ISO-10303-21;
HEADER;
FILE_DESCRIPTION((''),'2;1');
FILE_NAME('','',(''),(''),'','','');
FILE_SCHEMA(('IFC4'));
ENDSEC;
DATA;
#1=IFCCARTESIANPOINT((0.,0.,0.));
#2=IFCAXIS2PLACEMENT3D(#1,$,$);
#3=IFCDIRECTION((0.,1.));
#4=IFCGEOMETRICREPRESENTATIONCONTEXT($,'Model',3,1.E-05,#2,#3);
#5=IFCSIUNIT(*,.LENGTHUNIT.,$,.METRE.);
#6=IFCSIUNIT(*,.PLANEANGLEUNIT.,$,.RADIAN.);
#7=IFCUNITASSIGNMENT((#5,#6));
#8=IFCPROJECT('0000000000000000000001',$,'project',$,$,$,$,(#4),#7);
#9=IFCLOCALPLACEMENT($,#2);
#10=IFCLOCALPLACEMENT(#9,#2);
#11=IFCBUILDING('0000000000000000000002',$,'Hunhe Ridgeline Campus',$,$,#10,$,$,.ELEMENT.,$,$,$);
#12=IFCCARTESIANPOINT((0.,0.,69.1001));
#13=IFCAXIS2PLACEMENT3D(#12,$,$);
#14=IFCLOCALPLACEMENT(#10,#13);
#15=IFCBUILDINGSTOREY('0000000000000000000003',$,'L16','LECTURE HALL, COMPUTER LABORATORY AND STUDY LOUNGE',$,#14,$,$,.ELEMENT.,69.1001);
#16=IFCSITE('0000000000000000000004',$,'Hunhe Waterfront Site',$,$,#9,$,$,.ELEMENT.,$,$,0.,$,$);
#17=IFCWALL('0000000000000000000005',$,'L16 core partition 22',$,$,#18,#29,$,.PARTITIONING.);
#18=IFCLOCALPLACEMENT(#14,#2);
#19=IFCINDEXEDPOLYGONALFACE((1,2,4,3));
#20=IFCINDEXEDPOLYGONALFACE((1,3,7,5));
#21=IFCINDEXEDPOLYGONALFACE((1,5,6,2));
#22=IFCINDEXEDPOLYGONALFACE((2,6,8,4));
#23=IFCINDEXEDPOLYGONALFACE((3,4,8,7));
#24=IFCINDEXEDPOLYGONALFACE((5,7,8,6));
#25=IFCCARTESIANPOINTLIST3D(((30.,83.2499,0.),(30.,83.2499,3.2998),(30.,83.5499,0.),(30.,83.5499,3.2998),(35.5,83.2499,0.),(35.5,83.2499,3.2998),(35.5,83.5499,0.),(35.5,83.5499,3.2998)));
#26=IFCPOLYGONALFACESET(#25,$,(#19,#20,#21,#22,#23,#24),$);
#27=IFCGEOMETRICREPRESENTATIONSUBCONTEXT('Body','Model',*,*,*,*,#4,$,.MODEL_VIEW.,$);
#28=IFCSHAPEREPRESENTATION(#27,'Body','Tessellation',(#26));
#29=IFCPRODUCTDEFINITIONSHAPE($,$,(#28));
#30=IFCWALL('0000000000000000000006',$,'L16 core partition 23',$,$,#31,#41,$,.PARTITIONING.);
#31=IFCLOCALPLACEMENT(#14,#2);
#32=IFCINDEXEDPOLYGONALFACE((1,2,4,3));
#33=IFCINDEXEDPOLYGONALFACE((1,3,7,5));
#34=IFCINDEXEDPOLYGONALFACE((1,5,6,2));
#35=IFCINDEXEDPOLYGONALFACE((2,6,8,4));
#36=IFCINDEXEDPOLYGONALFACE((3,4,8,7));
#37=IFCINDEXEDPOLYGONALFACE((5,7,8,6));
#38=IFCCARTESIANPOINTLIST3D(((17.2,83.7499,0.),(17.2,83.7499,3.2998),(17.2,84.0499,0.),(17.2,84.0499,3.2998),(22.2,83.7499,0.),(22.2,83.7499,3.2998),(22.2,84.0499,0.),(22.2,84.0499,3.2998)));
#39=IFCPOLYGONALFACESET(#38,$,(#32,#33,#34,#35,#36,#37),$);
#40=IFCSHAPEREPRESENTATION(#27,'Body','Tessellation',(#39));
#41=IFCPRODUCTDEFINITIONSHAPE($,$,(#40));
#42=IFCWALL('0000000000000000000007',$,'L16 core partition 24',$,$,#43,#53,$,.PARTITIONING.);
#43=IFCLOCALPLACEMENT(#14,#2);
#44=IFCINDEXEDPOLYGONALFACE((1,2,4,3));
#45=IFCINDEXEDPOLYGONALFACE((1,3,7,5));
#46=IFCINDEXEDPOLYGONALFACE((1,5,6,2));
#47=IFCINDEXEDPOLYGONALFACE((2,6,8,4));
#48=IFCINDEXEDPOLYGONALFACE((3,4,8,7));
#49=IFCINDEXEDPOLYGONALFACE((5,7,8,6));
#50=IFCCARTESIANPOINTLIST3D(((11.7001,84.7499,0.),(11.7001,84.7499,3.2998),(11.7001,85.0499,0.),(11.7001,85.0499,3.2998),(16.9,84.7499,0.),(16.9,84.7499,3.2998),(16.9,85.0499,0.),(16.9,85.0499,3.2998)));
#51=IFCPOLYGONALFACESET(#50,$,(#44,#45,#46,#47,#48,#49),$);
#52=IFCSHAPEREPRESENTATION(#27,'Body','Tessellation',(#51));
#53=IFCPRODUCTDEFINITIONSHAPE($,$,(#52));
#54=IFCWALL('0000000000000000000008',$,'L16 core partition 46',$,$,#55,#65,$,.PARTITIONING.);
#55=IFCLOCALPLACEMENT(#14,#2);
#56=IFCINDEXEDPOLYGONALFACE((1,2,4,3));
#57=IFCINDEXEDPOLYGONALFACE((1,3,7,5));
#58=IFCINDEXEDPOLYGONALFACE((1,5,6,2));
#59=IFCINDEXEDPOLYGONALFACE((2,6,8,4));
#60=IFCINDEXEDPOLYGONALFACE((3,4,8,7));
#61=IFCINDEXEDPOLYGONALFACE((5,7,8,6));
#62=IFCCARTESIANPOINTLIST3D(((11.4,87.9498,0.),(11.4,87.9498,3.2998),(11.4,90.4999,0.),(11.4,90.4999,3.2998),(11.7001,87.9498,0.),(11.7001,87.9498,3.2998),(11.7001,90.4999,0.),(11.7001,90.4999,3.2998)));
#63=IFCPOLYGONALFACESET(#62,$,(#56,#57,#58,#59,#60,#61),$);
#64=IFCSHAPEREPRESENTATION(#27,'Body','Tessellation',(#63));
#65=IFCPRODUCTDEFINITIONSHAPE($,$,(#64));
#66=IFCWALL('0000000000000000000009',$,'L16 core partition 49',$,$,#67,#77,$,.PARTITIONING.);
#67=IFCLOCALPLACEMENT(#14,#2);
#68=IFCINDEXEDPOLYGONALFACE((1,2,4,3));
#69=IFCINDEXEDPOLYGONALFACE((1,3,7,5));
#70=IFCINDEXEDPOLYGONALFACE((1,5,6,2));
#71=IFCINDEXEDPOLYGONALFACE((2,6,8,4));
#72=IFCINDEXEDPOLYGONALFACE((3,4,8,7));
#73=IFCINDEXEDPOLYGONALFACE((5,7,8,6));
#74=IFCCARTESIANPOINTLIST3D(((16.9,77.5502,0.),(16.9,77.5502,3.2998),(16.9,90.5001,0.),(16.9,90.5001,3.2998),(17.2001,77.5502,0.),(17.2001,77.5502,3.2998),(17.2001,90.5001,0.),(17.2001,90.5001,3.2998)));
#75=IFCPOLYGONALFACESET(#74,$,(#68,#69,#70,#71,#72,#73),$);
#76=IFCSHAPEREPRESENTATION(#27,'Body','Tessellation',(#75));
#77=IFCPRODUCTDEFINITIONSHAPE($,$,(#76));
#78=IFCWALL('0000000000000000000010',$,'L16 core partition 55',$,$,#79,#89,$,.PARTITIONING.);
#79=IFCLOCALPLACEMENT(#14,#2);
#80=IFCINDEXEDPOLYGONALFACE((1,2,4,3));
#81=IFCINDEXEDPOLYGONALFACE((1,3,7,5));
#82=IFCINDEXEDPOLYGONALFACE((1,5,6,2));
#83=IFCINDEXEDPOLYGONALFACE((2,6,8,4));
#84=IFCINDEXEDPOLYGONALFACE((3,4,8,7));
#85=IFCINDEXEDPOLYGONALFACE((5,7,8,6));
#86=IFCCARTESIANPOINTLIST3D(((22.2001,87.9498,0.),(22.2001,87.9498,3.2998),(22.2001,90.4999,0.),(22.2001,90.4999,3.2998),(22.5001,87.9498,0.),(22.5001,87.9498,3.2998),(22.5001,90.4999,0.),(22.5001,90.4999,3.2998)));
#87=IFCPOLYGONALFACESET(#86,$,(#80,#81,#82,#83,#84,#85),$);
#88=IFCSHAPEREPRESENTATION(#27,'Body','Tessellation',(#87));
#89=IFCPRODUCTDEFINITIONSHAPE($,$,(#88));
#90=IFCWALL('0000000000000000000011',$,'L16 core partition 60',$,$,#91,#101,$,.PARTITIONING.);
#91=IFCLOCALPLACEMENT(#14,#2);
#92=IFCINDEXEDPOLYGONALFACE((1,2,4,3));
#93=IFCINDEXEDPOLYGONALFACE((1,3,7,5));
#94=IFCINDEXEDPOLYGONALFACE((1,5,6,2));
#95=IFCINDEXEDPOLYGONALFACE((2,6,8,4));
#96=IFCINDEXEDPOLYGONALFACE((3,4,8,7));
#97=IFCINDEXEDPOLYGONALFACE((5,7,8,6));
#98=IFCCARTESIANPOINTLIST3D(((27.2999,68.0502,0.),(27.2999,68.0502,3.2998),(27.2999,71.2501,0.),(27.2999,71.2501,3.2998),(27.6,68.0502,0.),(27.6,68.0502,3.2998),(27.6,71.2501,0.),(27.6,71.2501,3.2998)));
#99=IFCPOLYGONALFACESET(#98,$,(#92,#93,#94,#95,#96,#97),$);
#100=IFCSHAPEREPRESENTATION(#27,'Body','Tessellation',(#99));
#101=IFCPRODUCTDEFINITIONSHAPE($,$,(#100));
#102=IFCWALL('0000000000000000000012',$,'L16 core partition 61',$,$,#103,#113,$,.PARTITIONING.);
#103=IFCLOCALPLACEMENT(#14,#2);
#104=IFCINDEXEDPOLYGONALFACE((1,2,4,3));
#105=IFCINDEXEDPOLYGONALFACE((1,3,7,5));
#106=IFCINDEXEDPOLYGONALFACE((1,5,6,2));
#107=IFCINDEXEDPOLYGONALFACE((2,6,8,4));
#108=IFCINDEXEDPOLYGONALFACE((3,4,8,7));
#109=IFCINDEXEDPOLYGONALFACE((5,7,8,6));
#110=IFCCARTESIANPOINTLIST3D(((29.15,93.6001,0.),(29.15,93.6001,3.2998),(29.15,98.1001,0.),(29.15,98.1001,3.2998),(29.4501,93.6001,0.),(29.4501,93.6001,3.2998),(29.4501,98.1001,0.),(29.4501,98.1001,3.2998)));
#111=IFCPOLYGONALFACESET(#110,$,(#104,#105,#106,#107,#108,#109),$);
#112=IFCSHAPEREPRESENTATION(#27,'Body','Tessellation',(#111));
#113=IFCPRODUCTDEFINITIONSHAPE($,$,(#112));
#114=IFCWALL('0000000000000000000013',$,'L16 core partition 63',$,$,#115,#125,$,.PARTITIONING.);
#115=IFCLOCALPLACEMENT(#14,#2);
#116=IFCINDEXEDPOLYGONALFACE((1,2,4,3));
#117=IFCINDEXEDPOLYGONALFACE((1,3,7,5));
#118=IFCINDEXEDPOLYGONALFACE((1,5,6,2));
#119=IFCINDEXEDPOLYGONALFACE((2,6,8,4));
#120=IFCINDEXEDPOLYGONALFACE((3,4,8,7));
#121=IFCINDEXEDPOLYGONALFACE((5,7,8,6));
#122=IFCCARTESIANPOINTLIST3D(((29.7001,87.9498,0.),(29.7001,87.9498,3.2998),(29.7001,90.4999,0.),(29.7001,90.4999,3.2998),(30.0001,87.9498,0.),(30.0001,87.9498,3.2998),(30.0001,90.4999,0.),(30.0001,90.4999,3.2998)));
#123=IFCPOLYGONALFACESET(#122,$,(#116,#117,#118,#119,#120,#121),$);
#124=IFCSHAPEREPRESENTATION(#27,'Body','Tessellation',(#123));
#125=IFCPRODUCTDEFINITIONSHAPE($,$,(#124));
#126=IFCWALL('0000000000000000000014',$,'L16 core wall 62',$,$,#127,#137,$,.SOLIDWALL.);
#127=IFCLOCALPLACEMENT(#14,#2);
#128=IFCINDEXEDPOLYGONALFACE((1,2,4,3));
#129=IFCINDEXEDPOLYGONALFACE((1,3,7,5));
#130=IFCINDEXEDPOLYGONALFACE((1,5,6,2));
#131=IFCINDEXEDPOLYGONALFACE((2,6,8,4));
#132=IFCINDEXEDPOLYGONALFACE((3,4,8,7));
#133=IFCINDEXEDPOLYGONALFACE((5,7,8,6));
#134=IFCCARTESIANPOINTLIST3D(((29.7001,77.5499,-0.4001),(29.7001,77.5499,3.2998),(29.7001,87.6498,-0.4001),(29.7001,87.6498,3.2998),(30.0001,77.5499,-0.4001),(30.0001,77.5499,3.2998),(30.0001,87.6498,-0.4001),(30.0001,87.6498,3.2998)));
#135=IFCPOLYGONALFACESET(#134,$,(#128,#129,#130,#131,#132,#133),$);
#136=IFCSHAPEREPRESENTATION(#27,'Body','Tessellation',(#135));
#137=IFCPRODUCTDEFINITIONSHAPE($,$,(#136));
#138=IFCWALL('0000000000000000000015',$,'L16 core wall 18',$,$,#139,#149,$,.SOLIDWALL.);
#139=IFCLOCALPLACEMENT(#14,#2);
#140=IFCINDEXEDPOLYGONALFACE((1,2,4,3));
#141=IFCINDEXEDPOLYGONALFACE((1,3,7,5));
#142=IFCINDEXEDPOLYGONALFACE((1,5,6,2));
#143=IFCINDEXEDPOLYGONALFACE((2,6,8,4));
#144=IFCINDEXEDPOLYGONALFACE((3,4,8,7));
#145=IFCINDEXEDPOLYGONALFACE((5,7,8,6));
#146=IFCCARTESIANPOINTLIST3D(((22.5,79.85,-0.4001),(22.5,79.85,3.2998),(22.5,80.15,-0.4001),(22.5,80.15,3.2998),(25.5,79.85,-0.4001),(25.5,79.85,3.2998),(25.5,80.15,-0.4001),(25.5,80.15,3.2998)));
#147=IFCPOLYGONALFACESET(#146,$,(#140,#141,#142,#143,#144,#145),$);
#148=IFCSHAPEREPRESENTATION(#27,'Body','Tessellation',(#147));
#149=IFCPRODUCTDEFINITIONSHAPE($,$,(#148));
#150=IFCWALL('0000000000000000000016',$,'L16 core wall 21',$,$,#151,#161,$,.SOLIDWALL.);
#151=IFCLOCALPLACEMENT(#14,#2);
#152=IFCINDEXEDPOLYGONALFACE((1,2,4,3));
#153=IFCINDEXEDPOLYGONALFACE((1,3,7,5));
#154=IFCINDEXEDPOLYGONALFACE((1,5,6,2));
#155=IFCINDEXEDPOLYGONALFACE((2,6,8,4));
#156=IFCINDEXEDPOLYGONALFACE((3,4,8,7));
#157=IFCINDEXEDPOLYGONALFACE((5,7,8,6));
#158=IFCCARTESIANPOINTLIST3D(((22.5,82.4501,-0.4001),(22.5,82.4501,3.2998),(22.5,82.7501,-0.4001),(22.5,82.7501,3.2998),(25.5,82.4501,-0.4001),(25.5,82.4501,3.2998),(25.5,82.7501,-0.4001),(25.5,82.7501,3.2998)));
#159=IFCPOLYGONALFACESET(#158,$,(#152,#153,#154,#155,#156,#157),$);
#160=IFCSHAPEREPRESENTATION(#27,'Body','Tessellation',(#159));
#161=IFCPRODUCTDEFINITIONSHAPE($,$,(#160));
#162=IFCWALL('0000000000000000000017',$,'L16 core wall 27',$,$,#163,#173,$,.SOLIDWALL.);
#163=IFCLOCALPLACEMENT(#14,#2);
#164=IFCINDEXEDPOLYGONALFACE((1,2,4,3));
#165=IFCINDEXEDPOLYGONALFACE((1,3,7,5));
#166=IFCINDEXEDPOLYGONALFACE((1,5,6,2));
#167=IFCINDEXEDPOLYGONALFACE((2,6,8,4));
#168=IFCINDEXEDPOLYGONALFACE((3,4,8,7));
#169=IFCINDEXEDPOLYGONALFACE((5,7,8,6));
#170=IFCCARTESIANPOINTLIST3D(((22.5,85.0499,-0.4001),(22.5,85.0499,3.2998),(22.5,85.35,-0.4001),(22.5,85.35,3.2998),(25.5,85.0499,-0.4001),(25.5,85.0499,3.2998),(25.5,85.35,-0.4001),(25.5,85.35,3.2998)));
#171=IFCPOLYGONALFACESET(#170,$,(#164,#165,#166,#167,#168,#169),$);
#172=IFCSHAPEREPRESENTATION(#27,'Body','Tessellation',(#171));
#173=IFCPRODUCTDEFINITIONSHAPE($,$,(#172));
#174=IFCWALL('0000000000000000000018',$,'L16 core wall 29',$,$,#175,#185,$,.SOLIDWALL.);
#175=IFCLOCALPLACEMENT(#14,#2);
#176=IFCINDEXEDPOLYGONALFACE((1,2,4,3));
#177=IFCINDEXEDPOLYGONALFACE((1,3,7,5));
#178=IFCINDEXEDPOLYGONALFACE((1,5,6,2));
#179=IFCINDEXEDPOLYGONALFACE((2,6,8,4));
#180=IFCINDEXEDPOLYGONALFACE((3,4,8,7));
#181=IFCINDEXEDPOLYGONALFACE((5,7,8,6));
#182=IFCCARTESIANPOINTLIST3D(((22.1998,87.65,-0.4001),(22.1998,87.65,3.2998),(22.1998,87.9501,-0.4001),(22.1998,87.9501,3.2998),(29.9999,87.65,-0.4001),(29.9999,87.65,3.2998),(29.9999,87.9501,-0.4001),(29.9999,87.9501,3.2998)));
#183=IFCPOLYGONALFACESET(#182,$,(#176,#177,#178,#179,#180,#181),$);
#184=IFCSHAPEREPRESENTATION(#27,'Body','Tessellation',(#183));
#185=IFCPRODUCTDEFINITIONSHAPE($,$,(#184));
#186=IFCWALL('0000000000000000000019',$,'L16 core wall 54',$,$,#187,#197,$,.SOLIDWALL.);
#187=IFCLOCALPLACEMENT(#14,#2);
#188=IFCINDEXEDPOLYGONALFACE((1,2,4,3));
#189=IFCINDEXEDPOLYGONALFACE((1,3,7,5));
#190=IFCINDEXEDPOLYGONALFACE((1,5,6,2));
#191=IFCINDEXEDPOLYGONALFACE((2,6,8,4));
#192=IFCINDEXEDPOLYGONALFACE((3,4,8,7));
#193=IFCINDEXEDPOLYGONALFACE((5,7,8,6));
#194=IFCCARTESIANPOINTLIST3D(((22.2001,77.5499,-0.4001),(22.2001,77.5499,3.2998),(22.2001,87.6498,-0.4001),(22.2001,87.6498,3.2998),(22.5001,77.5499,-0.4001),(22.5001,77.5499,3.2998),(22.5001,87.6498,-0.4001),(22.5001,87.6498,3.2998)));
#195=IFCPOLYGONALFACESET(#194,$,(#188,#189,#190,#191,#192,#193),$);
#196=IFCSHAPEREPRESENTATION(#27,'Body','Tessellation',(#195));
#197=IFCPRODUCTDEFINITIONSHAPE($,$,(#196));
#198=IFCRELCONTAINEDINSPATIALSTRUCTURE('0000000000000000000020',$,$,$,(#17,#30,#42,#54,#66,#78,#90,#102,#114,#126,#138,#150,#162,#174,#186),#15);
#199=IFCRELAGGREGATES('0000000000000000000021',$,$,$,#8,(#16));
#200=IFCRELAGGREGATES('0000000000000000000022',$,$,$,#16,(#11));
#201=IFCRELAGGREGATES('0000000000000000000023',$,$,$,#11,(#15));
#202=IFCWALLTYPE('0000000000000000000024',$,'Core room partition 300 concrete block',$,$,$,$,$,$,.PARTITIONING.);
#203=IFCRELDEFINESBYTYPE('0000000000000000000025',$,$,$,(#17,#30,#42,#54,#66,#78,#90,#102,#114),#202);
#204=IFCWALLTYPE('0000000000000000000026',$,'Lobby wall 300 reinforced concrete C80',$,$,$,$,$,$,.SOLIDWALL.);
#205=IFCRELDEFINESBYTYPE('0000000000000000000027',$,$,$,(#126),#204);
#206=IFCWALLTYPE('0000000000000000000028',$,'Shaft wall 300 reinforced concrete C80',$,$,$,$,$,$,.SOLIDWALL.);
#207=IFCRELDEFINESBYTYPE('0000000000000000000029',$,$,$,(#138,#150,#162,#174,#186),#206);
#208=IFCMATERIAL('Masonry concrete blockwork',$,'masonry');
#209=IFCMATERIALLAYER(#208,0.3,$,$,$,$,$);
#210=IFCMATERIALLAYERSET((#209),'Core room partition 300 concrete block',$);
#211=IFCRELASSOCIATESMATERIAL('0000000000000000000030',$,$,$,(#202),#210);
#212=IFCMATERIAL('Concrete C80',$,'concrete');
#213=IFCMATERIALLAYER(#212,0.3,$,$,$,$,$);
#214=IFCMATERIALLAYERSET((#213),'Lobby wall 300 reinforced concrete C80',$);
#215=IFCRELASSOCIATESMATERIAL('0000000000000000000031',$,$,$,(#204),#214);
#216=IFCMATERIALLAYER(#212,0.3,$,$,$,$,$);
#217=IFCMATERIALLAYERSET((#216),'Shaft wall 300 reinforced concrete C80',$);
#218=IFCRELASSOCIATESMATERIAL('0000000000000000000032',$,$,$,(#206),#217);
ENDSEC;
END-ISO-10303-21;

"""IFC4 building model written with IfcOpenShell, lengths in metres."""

from ifc_helpers import new_model, si_unit, direction, frame, frame_2d, origin, place, context, subcontext, project, spatial, rectangle, extrude, material, layer, layer_set, type_object, element, save


model = new_model("IFC4")

# Units and contexts
model_context = context("Model", 3, precision=1e-05, world=origin(), true_north=direction((0.0, 1.0)))
body_context = subcontext(model_context, "Body", "Model", "MODEL_VIEW")
ifc_project = project(units=[si_unit("LENGTHUNIT", "METRE"), si_unit("PLANEANGLEUNIT", "RADIAN")], contexts=[model_context])

# Site, building, storey
site_placement = place(None, origin())
site = spatial("IfcSite", under=ifc_project, at=site_placement, Name="Hunhe Waterfront Site", CompositionType="ELEMENT", RefElevation=0.0)
building_placement = place(site_placement, origin())
building = spatial("IfcBuilding", under=site, at=building_placement, Name="Hunhe Ridgeline Campus", CompositionType="ELEMENT")
storey_placement = place(building_placement, frame((0.0, 0.0, 69.1001)))
storey = spatial("IfcBuildingStorey", under=building, at=storey_placement, Name="L16", Description="LECTURE HALL, COMPUTER LABORATORY AND STUDY LOUNGE", CompositionType="ELEMENT", Elevation=69.1001)

# Shared definitions
ifc_material_1 = material(Name="Masonry concrete blockwork", Category="masonry")
ifc_layer_1 = layer(ifc_material_1, 0.3)
ifc_layer_set_1 = layer_set([ifc_layer_1], Name="Core room partition 300 concrete block")
wall_type_1 = type_object("IfcWallType", Name="Core room partition 300 concrete block", PredefinedType="PARTITIONING", material=ifc_layer_set_1)

# Walls
wall_1_placement = place(storey_placement, frame((30.0, 83.3999, 0.0), z_axis=(0.0, 0.0, 1.0), x_axis=(1.0, 0.0, 0.0)))
element("IfcWall", 1, at=wall_1_placement, inside=storey, type_object=wall_type_1, Name="L16 core partition 22", PredefinedType="PARTITIONING", context=body_context, shape_type="SweptSolid", body=[
    extrude(rectangle(XDim=5.5, YDim=0.3, at=frame_2d((2.75, 0.0))), origin(), (0.0, 0.0, 1.0), 3.2998),
])
wall_2_placement = place(storey_placement, frame((17.2, 83.8999, 0.0), z_axis=(0.0, 0.0, 1.0), x_axis=(1.0, 0.0, 0.0)))
element("IfcWall", 2, at=wall_2_placement, inside=storey, type_object=wall_type_1, Name="L16 core partition 23", PredefinedType="PARTITIONING", context=body_context, shape_type="SweptSolid", body=[
    extrude(rectangle(XDim=5.0, YDim=0.3, at=frame_2d((2.5, 0.0))), origin(), (0.0, 0.0, 1.0), 3.2998),
])
wall_3_placement = place(storey_placement, frame((11.7, 84.8999, 0.0), z_axis=(0.0, 0.0, 1.0), x_axis=(1.0, 0.0, 0.0)))
element("IfcWall", 3, at=wall_3_placement, inside=storey, type_object=wall_type_1, Name="L16 core partition 24", PredefinedType="PARTITIONING", context=body_context, shape_type="SweptSolid", body=[
    extrude(rectangle(XDim=5.2, YDim=0.3, at=frame_2d((2.6001, 0.0))), origin(), (0.0, 0.0, 1.0), 3.2998),
])
wall_4_placement = place(storey_placement, frame((11.55, 87.95, 0.0), z_axis=(0.0, 0.0, 1.0), x_axis=(0.0, 1.0, 0.0)))
element("IfcWall", 4, at=wall_4_placement, inside=storey, type_object=wall_type_1, Name="L16 core partition 46", PredefinedType="PARTITIONING", context=body_context, shape_type="SweptSolid", body=[
    extrude(rectangle(XDim=2.55, YDim=0.3, at=frame_2d((1.2749, 0.0))), origin(), (0.0, 0.0, 1.0), 3.2998),
])
wall_5_placement = place(storey_placement, frame((17.05, 77.55, 0.0), z_axis=(0.0, 0.0, 1.0), x_axis=(0.0, 1.0, 0.0)))
element("IfcWall", 5, at=wall_5_placement, inside=storey, type_object=wall_type_1, Name="L16 core partition 49", PredefinedType="PARTITIONING", context=body_context, shape_type="SweptSolid", body=[
    extrude(rectangle(XDim=12.95, YDim=0.3, at=frame_2d((6.4751, 0.0))), origin(), (0.0, 0.0, 1.0), 3.2998),
])
wall_6_placement = place(storey_placement, frame((22.3501, 87.95, 0.0), z_axis=(0.0, 0.0, 1.0), x_axis=(0.0, 1.0, 0.0)))
element("IfcWall", 6, at=wall_6_placement, inside=storey, type_object=wall_type_1, Name="L16 core partition 55", PredefinedType="PARTITIONING", context=body_context, shape_type="SweptSolid", body=[
    extrude(rectangle(XDim=2.55, YDim=0.3, at=frame_2d((1.2749, 0.0))), origin(), (0.0, 0.0, 1.0), 3.2998),
])
wall_7_placement = place(storey_placement, frame((27.45, 68.05, 0.0), z_axis=(0.0, 0.0, 1.0), x_axis=(0.0, 1.0, 0.0)))
element("IfcWall", 7, at=wall_7_placement, inside=storey, type_object=wall_type_1, Name="L16 core partition 60", PredefinedType="PARTITIONING", context=body_context, shape_type="SweptSolid", body=[
    extrude(rectangle(XDim=3.2, YDim=0.3, at=frame_2d((1.6001, 0.0))), origin(), (0.0, 0.0, 1.0), 3.2998),
])
wall_8_placement = place(storey_placement, frame((29.3, 93.6001, 0.0), z_axis=(0.0, 0.0, 1.0), x_axis=(0.0, 1.0, 0.0)))
element("IfcWall", 8, at=wall_8_placement, inside=storey, type_object=wall_type_1, Name="L16 core partition 61", PredefinedType="PARTITIONING", context=body_context, shape_type="SweptSolid", body=[
    extrude(rectangle(XDim=4.5, YDim=0.3, at=frame_2d((2.25, 0.0))), origin(), (0.0, 0.0, 1.0), 3.2998),
])
wall_9_placement = place(storey_placement, frame((29.8501, 87.95, 0.0), z_axis=(0.0, 0.0, 1.0), x_axis=(0.0, 1.0, 0.0)))
element("IfcWall", 9, at=wall_9_placement, inside=storey, type_object=wall_type_1, Name="L16 core partition 63", PredefinedType="PARTITIONING", context=body_context, shape_type="SweptSolid", body=[
    extrude(rectangle(XDim=2.55, YDim=0.3, at=frame_2d((1.2749, 0.0))), origin(), (0.0, 0.0, 1.0), 3.2998),
])
ifc_material_2 = material(Name="Concrete C80", Category="concrete")
ifc_layer_2 = layer(ifc_material_2, 0.3)
ifc_layer_set_2 = layer_set([ifc_layer_2], Name="Lobby wall 300 reinforced concrete C80")
wall_type_2 = type_object("IfcWallType", Name="Lobby wall 300 reinforced concrete C80", PredefinedType="SOLIDWALL", material=ifc_layer_set_2)
wall_10_placement = place(storey_placement, frame((29.8501, 77.55, -0.4001), z_axis=(0.0, 0.0, 1.0), x_axis=(0.0, 1.0, 0.0)))
element("IfcWall", 10, at=wall_10_placement, inside=storey, type_object=wall_type_2, Name="L16 core wall 62", PredefinedType="SOLIDWALL", context=body_context, shape_type="SweptSolid", body=[
    extrude(rectangle(XDim=10.0999, YDim=0.3, at=frame_2d((5.0498, 0.0))), origin(), (0.0, 0.0, 1.0), 3.7),
])
ifc_layer_3 = layer(ifc_material_2, 0.3)
ifc_layer_set_3 = layer_set([ifc_layer_3], Name="Shaft wall 300 reinforced concrete C80")
wall_type_3 = type_object("IfcWallType", Name="Shaft wall 300 reinforced concrete C80", PredefinedType="SOLIDWALL", material=ifc_layer_set_3)
for number, where, z_axis, x_axis, name in (
    (11, (22.5, 80.0, -0.4001), (0.0, 0.0, 1.0), (1.0, 0.0, 0.0), "L16 core wall 18"),
    (12, (22.5, 82.6001, -0.4001), (0.0, 0.0, 1.0), (1.0, 0.0, 0.0), "L16 core wall 21"),
    (13, (22.5, 85.2, -0.4001), (0.0, 0.0, 1.0), (1.0, 0.0, 0.0), "L16 core wall 27"),
):
    element("IfcWall", number, at=place(storey_placement, frame(where, z_axis=z_axis, x_axis=x_axis)), inside=storey, type_object=wall_type_3, Name=name, PredefinedType="SOLIDWALL", context=body_context, shape_type="SweptSolid", body=[
        extrude(rectangle(XDim=3.0, YDim=0.3, at=frame_2d((1.5, 0.0))), origin(), (0.0, 0.0, 1.0), 3.7),
    ])
wall_11_placement = place(storey_placement, frame((22.2, 87.8, -0.4001), z_axis=(0.0, 0.0, 1.0), x_axis=(1.0, 0.0, 0.0)))
element("IfcWall", 14, at=wall_11_placement, inside=storey, type_object=wall_type_3, Name="L16 core wall 29", PredefinedType="SOLIDWALL", context=body_context, shape_type="SweptSolid", body=[
    extrude(rectangle(XDim=7.8, YDim=0.3, at=frame_2d((3.8999, 0.0))), origin(), (0.0, 0.0, 1.0), 3.7),
])
for number, where, z_axis, x_axis, name in (
    (15, (22.3501, 77.55, -0.4001), (0.0, 0.0, 1.0), (0.0, 1.0, 0.0), "L16 core wall 54"),
):
    element("IfcWall", number, at=place(storey_placement, frame(where, z_axis=z_axis, x_axis=x_axis)), inside=storey, type_object=wall_type_3, Name=name, PredefinedType="SOLIDWALL", context=body_context, shape_type="SweptSolid", body=[
        extrude(rectangle(XDim=10.0999, YDim=0.3, at=frame_2d((5.0498, 0.0))), origin(), (0.0, 0.0, 1.0), 3.7),
    ])

save(model, "model.ifc")
